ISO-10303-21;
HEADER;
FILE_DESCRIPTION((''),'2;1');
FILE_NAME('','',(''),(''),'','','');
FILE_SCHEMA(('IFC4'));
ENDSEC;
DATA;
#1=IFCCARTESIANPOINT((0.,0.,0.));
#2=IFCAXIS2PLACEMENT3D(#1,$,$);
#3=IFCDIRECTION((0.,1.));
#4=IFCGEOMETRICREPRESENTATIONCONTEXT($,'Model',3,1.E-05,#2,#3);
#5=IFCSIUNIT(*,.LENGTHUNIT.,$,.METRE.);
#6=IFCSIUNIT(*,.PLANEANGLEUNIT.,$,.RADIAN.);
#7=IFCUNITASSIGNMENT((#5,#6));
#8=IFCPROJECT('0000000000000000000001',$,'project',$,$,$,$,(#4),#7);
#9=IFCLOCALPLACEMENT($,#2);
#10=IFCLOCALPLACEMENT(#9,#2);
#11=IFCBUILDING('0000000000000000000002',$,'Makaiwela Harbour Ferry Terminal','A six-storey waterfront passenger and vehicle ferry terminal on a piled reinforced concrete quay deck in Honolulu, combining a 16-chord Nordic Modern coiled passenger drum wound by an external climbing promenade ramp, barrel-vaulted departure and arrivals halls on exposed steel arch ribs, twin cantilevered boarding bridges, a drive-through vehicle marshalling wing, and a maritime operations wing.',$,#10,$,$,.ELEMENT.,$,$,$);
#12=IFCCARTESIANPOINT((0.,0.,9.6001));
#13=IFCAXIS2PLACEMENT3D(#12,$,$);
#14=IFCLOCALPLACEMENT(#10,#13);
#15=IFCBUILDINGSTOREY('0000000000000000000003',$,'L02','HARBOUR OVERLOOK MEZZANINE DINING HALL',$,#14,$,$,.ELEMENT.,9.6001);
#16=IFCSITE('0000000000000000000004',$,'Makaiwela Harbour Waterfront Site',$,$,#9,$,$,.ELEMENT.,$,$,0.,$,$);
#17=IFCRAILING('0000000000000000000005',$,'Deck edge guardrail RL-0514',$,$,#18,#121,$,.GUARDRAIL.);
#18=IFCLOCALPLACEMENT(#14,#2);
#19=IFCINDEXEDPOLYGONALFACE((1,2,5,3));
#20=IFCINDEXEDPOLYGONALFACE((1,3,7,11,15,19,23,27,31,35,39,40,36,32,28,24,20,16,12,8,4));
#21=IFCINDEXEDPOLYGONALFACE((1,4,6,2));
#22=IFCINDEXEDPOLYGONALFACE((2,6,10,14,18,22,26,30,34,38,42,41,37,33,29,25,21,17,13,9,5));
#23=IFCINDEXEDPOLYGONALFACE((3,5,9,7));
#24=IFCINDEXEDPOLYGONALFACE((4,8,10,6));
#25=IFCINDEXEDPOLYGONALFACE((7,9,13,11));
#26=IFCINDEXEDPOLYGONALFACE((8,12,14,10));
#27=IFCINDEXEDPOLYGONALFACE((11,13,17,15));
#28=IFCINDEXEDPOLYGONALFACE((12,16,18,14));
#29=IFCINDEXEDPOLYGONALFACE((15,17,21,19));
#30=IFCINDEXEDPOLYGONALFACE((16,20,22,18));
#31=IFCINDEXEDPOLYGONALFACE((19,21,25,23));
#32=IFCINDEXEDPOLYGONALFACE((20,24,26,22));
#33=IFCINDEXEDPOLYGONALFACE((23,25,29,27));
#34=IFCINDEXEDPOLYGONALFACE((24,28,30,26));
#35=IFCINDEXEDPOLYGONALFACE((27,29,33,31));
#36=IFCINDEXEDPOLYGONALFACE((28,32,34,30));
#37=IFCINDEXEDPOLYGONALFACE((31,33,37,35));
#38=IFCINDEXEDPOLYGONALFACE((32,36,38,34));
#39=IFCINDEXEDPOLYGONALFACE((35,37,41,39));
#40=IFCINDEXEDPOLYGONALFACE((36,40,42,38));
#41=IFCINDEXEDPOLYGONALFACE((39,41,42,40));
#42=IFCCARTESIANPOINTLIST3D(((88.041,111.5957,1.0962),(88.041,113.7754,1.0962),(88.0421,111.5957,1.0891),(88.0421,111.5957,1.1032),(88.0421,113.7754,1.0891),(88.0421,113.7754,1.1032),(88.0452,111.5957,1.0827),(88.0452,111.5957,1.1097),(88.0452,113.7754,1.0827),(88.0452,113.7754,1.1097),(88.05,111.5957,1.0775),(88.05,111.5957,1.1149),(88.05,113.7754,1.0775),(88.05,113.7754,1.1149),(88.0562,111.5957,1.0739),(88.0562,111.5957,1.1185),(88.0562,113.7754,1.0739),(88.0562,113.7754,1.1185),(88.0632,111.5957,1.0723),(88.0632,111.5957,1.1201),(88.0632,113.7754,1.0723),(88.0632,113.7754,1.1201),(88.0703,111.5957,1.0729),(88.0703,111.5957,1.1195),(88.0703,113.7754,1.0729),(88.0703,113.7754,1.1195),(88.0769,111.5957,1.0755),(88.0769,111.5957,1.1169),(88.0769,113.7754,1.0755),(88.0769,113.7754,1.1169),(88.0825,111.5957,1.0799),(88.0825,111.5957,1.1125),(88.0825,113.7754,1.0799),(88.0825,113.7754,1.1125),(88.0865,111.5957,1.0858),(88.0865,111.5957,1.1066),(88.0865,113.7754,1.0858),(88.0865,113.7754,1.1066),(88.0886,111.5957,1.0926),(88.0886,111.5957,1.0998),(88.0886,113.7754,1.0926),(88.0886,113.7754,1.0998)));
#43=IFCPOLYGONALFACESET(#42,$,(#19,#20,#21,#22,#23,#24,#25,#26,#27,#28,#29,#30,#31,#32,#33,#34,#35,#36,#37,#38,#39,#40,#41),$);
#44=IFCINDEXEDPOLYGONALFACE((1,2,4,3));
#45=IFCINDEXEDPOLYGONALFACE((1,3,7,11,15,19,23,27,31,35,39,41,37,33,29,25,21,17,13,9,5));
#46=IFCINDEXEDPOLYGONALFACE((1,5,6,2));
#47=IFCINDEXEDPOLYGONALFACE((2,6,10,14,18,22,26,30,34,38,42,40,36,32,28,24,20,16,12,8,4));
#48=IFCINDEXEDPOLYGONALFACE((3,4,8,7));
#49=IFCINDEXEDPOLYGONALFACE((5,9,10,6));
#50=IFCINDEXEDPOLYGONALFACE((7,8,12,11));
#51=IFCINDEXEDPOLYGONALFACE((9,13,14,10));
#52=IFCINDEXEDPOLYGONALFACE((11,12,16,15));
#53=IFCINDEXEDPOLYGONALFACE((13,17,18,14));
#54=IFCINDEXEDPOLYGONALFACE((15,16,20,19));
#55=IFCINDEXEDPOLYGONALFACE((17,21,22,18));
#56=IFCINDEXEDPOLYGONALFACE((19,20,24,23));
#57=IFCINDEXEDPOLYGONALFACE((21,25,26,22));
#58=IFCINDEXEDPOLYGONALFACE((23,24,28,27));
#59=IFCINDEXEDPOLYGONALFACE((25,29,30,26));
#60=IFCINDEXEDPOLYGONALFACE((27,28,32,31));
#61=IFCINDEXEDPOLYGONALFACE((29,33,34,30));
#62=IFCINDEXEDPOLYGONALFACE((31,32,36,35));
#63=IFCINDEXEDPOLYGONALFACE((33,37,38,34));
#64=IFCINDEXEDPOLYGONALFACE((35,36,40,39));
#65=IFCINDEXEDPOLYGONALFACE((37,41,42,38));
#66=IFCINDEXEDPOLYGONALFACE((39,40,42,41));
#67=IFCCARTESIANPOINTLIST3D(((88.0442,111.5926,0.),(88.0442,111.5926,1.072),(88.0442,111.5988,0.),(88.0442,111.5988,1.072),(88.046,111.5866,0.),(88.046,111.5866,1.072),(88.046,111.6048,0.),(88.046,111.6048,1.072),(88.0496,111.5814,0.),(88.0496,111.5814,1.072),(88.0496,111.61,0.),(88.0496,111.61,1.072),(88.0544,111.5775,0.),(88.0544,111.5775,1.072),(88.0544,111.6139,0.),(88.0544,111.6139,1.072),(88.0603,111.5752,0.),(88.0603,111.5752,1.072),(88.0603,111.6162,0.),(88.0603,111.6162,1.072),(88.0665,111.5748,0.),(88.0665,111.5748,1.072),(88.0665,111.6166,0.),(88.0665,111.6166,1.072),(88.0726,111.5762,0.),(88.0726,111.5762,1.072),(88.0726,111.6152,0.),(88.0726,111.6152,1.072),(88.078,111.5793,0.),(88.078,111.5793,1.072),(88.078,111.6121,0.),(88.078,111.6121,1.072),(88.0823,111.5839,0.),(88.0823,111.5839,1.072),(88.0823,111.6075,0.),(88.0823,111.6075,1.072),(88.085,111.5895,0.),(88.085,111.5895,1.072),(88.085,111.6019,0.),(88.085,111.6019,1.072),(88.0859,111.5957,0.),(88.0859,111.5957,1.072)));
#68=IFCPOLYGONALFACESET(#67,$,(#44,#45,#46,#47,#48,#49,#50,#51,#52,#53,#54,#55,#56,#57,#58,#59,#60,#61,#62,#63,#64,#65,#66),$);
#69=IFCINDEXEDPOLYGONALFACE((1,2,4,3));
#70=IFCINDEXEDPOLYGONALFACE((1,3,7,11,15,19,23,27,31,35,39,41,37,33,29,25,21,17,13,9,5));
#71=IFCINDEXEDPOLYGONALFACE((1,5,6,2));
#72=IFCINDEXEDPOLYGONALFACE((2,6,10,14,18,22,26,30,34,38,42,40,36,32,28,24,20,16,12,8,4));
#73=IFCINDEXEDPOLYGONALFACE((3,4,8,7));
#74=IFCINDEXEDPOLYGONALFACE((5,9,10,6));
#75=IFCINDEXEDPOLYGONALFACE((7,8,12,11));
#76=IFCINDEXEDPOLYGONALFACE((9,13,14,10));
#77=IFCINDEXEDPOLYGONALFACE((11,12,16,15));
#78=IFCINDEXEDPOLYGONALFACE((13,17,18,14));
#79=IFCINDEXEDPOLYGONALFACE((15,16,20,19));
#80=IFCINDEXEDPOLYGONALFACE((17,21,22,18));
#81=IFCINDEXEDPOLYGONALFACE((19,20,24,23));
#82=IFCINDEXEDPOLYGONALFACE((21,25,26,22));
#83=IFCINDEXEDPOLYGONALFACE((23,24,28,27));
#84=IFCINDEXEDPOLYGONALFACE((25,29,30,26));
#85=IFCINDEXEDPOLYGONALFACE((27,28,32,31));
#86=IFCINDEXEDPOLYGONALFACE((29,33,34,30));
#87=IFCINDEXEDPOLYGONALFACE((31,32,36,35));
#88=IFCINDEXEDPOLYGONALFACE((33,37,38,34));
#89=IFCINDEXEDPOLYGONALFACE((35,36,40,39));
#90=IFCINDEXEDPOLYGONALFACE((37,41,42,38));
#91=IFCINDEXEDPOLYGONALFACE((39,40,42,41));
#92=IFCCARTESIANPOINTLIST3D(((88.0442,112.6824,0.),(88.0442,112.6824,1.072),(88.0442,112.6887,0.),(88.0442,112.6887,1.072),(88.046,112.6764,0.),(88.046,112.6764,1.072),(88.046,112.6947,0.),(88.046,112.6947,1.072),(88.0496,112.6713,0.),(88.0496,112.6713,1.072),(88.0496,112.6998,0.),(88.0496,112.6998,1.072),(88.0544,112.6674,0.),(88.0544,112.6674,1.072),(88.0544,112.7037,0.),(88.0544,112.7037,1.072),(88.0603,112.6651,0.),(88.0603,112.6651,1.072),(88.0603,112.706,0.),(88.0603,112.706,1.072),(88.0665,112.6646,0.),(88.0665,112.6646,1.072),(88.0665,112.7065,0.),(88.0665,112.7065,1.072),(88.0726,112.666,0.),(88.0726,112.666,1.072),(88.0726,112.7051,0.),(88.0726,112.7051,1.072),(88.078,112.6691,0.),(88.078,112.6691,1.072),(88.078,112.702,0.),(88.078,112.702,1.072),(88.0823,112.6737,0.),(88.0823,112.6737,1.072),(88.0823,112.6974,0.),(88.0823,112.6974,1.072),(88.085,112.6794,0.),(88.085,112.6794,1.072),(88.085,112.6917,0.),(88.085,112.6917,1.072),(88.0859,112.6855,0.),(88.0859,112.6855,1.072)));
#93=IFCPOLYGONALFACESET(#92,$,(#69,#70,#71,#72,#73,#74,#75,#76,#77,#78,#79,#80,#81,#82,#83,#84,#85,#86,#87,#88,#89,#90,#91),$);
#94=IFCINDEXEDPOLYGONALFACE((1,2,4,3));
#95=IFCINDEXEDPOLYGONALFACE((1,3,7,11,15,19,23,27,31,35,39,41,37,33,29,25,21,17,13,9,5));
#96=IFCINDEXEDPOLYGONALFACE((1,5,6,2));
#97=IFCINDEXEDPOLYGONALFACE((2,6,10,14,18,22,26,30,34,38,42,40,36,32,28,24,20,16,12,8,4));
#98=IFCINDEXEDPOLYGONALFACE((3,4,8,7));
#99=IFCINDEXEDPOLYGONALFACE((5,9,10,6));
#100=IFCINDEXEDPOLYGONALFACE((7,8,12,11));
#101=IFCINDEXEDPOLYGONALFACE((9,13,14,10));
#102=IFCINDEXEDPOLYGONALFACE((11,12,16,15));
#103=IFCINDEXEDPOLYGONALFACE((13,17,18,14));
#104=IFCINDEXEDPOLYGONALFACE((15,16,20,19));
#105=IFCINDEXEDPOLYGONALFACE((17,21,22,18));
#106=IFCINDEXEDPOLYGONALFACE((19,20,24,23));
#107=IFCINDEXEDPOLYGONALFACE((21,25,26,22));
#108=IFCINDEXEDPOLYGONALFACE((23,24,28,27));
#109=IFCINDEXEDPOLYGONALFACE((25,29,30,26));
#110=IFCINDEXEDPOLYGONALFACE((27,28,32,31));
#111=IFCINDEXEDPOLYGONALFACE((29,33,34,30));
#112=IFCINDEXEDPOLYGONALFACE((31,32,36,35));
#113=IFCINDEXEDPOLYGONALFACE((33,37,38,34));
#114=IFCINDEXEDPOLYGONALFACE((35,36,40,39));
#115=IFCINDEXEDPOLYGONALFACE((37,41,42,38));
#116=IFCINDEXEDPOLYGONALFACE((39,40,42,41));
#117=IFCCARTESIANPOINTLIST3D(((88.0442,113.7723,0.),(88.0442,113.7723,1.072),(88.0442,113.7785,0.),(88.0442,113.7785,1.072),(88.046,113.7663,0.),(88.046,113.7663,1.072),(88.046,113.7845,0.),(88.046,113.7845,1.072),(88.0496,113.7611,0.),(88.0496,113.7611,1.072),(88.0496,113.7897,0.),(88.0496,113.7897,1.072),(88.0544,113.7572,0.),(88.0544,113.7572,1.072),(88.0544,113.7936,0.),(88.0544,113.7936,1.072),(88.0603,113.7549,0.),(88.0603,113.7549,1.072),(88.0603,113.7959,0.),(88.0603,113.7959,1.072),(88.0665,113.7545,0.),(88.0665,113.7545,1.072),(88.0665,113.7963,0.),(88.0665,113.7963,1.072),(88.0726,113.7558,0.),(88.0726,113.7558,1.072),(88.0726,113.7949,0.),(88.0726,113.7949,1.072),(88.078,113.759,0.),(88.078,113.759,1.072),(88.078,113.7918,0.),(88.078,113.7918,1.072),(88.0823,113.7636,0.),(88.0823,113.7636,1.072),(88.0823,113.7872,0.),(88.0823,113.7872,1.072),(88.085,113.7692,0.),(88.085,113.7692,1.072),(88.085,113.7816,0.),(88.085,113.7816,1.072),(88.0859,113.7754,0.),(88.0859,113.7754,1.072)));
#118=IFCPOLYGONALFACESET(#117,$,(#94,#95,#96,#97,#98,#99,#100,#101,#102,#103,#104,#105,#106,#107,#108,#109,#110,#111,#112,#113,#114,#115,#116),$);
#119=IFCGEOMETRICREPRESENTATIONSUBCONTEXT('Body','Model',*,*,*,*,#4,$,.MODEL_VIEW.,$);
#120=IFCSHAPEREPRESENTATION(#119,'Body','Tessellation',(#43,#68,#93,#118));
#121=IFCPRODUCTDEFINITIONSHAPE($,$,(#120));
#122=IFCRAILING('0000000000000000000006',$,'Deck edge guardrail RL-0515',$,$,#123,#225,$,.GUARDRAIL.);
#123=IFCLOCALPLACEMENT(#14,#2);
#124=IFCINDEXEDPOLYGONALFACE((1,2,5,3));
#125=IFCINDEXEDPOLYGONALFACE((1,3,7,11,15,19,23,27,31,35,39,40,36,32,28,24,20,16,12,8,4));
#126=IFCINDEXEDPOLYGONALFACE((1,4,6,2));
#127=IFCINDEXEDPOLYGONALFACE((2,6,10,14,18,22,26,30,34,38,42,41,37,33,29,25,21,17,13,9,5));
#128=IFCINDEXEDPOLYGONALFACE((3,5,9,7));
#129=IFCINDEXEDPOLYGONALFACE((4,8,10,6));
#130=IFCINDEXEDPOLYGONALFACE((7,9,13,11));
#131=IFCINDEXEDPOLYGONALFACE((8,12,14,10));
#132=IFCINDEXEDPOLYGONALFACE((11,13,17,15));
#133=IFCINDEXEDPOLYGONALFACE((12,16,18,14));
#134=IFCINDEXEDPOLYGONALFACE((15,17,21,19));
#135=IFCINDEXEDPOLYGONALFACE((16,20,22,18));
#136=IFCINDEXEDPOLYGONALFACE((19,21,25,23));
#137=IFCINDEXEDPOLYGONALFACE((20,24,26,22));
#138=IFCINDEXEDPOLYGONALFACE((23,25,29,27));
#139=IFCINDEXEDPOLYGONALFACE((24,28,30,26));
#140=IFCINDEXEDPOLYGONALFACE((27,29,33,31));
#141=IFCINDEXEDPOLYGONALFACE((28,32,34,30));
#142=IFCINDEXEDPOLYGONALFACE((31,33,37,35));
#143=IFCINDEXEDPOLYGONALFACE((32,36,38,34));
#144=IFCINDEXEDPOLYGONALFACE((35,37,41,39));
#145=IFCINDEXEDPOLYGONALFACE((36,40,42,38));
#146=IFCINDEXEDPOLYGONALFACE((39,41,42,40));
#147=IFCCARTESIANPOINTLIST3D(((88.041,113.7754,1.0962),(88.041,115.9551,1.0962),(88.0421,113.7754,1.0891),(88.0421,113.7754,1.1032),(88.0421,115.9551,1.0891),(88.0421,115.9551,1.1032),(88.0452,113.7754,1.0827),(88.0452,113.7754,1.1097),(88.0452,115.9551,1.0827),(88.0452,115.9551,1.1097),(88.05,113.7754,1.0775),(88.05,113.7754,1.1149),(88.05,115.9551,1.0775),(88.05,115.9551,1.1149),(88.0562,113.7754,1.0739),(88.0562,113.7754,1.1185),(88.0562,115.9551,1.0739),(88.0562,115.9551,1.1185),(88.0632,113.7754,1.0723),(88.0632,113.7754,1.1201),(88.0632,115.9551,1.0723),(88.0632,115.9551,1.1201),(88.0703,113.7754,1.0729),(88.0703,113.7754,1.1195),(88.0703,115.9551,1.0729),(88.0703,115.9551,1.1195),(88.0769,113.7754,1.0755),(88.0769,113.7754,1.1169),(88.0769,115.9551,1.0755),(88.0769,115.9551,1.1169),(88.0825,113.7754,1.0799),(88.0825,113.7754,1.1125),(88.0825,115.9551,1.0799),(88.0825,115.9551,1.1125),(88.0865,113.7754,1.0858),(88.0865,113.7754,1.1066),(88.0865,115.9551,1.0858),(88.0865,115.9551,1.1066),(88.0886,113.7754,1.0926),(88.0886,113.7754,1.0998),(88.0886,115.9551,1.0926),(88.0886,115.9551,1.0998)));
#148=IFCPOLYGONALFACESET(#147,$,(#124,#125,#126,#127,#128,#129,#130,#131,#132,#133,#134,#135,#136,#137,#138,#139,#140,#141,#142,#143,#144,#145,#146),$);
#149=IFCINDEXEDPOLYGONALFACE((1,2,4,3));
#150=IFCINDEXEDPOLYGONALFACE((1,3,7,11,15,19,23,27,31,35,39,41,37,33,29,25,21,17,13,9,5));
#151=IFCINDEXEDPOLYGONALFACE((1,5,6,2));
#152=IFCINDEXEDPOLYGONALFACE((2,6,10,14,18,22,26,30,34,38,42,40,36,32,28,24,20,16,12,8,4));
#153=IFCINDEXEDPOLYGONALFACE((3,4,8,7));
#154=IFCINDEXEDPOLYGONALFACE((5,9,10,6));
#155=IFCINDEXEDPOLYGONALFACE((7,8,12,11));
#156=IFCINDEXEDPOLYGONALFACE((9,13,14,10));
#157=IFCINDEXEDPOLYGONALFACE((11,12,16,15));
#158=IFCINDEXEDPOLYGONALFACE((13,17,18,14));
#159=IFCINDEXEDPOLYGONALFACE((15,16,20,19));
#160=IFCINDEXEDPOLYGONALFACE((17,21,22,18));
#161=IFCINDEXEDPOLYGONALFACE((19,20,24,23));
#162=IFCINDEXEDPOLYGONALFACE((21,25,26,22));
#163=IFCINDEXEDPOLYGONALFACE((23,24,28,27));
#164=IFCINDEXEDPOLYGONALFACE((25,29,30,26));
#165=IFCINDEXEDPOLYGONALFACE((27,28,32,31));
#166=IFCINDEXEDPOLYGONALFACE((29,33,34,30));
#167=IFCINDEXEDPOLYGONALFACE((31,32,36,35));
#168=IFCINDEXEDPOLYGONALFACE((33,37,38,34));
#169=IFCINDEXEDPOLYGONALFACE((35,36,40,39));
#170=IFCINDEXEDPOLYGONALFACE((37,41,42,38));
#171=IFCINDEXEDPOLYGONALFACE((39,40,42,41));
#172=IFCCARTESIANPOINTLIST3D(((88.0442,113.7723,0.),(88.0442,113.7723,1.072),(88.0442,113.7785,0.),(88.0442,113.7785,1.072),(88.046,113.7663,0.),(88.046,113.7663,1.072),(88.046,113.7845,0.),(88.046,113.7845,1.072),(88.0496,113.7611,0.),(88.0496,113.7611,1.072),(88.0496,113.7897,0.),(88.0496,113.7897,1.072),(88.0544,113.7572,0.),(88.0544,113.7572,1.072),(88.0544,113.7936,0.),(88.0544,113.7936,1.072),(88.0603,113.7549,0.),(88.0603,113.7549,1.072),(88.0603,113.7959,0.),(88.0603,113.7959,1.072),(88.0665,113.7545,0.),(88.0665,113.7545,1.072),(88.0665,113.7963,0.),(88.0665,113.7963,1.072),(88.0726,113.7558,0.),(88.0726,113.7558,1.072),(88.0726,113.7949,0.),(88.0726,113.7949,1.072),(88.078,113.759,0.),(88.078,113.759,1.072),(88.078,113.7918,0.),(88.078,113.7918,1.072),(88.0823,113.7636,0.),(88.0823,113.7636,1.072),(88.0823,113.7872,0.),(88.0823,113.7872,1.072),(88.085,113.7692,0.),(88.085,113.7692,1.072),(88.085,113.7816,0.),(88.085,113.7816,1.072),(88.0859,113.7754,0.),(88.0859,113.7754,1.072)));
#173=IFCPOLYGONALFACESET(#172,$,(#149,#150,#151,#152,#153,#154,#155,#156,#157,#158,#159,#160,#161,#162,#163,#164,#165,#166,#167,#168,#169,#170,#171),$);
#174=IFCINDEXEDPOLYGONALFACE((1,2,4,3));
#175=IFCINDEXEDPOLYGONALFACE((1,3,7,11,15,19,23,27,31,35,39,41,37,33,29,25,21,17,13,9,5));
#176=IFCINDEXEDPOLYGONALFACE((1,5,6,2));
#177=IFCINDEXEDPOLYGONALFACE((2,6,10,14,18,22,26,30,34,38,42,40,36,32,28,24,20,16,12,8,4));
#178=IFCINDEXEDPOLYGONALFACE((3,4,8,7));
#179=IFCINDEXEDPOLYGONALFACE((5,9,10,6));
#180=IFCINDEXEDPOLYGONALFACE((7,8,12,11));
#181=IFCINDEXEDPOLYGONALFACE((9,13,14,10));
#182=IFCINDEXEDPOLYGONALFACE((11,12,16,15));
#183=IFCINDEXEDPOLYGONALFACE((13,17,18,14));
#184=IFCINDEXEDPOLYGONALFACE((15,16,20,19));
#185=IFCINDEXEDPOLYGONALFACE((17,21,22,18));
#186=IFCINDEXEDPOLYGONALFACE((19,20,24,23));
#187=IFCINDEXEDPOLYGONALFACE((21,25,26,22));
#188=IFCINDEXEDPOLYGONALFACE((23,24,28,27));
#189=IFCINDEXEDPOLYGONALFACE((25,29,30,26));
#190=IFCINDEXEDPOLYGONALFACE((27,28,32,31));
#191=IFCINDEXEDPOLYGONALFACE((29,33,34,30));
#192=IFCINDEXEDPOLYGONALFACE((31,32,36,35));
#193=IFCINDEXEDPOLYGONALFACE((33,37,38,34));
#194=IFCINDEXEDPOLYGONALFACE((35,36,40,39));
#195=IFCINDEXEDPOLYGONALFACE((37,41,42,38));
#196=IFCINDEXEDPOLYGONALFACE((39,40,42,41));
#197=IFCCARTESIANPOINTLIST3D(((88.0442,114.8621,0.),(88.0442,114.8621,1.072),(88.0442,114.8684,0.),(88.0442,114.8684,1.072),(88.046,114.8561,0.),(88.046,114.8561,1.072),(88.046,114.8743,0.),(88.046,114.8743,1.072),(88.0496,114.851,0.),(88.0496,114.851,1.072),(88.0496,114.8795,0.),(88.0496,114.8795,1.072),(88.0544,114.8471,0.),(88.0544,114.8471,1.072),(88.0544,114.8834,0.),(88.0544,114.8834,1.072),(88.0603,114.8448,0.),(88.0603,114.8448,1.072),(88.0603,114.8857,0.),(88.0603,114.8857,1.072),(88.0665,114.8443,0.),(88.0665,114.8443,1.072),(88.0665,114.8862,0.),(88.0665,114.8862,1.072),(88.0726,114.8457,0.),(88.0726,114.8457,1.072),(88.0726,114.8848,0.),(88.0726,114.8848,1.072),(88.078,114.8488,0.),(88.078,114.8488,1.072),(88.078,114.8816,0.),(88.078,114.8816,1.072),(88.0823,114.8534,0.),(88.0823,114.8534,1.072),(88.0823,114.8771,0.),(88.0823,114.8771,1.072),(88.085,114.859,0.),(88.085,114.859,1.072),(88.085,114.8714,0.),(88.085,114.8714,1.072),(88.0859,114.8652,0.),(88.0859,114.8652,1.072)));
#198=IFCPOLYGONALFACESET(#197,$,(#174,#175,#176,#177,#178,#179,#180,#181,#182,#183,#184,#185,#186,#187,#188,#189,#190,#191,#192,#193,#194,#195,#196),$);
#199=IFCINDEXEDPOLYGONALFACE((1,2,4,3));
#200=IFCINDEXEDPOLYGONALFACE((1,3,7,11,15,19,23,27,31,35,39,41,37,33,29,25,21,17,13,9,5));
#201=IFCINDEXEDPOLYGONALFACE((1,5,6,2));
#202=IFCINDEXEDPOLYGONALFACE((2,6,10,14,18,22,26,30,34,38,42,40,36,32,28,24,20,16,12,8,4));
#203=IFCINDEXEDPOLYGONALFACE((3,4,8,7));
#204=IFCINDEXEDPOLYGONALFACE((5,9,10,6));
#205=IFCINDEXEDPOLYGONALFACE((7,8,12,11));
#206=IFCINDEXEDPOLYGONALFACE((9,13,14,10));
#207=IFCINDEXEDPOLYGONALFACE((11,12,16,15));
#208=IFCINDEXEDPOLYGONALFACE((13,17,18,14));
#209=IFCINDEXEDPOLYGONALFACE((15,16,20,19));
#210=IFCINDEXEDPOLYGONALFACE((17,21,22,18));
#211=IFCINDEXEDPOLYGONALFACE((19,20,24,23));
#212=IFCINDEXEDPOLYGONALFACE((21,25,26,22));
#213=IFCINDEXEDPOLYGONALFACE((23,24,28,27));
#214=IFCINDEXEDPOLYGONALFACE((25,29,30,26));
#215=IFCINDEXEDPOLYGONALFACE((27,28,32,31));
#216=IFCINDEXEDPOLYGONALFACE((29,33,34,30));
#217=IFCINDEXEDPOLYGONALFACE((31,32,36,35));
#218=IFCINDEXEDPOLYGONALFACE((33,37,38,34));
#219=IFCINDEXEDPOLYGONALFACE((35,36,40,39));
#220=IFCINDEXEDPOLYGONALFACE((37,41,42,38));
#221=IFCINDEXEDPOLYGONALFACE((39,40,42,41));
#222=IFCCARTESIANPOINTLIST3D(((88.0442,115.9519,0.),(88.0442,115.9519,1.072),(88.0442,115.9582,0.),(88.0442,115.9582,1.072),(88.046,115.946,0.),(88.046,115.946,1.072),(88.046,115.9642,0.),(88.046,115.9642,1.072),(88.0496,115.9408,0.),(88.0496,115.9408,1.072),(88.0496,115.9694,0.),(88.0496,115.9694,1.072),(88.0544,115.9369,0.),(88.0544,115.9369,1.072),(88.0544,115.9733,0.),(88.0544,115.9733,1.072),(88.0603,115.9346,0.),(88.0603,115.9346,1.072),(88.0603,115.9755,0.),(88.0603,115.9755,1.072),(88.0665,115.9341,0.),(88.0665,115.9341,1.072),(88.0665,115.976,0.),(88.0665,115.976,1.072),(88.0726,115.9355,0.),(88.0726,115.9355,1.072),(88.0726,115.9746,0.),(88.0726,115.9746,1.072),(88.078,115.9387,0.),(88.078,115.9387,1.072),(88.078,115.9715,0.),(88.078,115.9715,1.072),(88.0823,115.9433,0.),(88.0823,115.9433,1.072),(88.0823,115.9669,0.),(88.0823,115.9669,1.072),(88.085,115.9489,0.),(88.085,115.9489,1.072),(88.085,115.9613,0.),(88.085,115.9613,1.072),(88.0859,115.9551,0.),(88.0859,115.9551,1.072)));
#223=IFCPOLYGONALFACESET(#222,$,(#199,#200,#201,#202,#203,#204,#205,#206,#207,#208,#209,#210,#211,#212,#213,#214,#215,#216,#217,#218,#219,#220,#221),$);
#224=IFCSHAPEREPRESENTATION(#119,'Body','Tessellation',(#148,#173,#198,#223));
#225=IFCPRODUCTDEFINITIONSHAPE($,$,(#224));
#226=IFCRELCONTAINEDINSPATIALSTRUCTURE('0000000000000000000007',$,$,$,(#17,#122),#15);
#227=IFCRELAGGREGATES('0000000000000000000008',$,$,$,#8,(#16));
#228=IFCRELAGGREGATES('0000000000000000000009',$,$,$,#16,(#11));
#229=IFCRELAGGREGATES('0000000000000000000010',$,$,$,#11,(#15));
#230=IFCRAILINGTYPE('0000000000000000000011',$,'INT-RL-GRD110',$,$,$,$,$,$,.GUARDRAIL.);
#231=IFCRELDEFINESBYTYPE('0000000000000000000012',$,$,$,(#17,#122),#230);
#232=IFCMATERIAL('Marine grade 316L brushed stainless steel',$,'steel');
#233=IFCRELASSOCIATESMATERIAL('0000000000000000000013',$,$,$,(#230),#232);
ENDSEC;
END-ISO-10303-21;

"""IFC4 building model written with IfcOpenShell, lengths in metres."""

from ifc_helpers import new_model, si_unit, direction, frame, origin, origin_2d, place, context, subcontext, project, spatial, circle, extrude, material, type_object, element, save


model = new_model("IFC4")

# Units and contexts
model_context = context("Model", 3, precision=1e-05, world=origin(), true_north=direction((0.0, 1.0)))
body_context = subcontext(model_context, "Body", "Model", "MODEL_VIEW")
ifc_project = project(units=[si_unit("LENGTHUNIT", "METRE"), si_unit("PLANEANGLEUNIT", "RADIAN")], contexts=[model_context])

# Site, building, storey
site_placement = place(None, origin())
site = spatial("IfcSite", under=ifc_project, at=site_placement, Name="Makaiwela Harbour Waterfront Site", CompositionType="ELEMENT", RefElevation=0.0)
building_placement = place(site_placement, origin())
building = spatial("IfcBuilding", under=site, at=building_placement, Name="Makaiwela Harbour Ferry Terminal", Description="A six-storey waterfront passenger and vehicle ferry terminal on a piled reinforced concrete quay deck in Honolulu, combining a 16-chord Nordic Modern coiled passenger drum wound by an external climbing promenade ramp, barrel-vaulted departure and arrivals halls on exposed steel arch ribs, twin cantilevered boarding bridges, a drive-through vehicle marshalling wing, and a maritime operations wing.", CompositionType="ELEMENT")
storey_placement = place(building_placement, frame((0.0, 0.0, 9.6001)))
storey = spatial("IfcBuildingStorey", under=building, at=storey_placement, Name="L02", Description="HARBOUR OVERLOOK MEZZANINE DINING HALL", CompositionType="ELEMENT", Elevation=9.6001)

# Railings
ifc_material_1 = material(Name="Marine grade 316L brushed stainless steel", Category="steel")
railing_type = type_object("IfcRailingType", Name="INT-RL-GRD110", PredefinedType="GUARDRAIL", material=ifc_material_1)
for number, where, name in (
    (1, (88.0649, 111.5957, 0.0), "Deck edge guardrail RL-0514"),
    (2, (88.0649, 113.7754, 0.0), "Deck edge guardrail RL-0515"),
):
    element("IfcRailing", number, at=place(storey_placement, frame(where)), inside=storey, type_object=railing_type, Name=name, PredefinedType="GUARDRAIL", context=body_context, shape_type="SweptSolid", body=[
        extrude(circle(Radius=0.0239, at=origin_2d()), frame((0.0, 0.0, 1.0962), z_axis=(0.0, 1.0, 0.0), x_axis=(-1.0, 0.0, 0.0)), (0.0, 0.0, 1.0), 2.1797),
        extrude(circle(Radius=0.021, at=origin_2d()), origin(), (0.0, 0.0, 1.0), 1.072),
        extrude(circle(Radius=0.021, at=origin_2d()), frame((0.0, 1.0898, 0.0)), (0.0, 0.0, 1.0), 1.072),
        extrude(circle(Radius=0.021, at=origin_2d()), frame((0.0, 2.1797, 0.0)), (0.0, 0.0, 1.0), 1.072),
    ])

save(model, "model.ifc")
